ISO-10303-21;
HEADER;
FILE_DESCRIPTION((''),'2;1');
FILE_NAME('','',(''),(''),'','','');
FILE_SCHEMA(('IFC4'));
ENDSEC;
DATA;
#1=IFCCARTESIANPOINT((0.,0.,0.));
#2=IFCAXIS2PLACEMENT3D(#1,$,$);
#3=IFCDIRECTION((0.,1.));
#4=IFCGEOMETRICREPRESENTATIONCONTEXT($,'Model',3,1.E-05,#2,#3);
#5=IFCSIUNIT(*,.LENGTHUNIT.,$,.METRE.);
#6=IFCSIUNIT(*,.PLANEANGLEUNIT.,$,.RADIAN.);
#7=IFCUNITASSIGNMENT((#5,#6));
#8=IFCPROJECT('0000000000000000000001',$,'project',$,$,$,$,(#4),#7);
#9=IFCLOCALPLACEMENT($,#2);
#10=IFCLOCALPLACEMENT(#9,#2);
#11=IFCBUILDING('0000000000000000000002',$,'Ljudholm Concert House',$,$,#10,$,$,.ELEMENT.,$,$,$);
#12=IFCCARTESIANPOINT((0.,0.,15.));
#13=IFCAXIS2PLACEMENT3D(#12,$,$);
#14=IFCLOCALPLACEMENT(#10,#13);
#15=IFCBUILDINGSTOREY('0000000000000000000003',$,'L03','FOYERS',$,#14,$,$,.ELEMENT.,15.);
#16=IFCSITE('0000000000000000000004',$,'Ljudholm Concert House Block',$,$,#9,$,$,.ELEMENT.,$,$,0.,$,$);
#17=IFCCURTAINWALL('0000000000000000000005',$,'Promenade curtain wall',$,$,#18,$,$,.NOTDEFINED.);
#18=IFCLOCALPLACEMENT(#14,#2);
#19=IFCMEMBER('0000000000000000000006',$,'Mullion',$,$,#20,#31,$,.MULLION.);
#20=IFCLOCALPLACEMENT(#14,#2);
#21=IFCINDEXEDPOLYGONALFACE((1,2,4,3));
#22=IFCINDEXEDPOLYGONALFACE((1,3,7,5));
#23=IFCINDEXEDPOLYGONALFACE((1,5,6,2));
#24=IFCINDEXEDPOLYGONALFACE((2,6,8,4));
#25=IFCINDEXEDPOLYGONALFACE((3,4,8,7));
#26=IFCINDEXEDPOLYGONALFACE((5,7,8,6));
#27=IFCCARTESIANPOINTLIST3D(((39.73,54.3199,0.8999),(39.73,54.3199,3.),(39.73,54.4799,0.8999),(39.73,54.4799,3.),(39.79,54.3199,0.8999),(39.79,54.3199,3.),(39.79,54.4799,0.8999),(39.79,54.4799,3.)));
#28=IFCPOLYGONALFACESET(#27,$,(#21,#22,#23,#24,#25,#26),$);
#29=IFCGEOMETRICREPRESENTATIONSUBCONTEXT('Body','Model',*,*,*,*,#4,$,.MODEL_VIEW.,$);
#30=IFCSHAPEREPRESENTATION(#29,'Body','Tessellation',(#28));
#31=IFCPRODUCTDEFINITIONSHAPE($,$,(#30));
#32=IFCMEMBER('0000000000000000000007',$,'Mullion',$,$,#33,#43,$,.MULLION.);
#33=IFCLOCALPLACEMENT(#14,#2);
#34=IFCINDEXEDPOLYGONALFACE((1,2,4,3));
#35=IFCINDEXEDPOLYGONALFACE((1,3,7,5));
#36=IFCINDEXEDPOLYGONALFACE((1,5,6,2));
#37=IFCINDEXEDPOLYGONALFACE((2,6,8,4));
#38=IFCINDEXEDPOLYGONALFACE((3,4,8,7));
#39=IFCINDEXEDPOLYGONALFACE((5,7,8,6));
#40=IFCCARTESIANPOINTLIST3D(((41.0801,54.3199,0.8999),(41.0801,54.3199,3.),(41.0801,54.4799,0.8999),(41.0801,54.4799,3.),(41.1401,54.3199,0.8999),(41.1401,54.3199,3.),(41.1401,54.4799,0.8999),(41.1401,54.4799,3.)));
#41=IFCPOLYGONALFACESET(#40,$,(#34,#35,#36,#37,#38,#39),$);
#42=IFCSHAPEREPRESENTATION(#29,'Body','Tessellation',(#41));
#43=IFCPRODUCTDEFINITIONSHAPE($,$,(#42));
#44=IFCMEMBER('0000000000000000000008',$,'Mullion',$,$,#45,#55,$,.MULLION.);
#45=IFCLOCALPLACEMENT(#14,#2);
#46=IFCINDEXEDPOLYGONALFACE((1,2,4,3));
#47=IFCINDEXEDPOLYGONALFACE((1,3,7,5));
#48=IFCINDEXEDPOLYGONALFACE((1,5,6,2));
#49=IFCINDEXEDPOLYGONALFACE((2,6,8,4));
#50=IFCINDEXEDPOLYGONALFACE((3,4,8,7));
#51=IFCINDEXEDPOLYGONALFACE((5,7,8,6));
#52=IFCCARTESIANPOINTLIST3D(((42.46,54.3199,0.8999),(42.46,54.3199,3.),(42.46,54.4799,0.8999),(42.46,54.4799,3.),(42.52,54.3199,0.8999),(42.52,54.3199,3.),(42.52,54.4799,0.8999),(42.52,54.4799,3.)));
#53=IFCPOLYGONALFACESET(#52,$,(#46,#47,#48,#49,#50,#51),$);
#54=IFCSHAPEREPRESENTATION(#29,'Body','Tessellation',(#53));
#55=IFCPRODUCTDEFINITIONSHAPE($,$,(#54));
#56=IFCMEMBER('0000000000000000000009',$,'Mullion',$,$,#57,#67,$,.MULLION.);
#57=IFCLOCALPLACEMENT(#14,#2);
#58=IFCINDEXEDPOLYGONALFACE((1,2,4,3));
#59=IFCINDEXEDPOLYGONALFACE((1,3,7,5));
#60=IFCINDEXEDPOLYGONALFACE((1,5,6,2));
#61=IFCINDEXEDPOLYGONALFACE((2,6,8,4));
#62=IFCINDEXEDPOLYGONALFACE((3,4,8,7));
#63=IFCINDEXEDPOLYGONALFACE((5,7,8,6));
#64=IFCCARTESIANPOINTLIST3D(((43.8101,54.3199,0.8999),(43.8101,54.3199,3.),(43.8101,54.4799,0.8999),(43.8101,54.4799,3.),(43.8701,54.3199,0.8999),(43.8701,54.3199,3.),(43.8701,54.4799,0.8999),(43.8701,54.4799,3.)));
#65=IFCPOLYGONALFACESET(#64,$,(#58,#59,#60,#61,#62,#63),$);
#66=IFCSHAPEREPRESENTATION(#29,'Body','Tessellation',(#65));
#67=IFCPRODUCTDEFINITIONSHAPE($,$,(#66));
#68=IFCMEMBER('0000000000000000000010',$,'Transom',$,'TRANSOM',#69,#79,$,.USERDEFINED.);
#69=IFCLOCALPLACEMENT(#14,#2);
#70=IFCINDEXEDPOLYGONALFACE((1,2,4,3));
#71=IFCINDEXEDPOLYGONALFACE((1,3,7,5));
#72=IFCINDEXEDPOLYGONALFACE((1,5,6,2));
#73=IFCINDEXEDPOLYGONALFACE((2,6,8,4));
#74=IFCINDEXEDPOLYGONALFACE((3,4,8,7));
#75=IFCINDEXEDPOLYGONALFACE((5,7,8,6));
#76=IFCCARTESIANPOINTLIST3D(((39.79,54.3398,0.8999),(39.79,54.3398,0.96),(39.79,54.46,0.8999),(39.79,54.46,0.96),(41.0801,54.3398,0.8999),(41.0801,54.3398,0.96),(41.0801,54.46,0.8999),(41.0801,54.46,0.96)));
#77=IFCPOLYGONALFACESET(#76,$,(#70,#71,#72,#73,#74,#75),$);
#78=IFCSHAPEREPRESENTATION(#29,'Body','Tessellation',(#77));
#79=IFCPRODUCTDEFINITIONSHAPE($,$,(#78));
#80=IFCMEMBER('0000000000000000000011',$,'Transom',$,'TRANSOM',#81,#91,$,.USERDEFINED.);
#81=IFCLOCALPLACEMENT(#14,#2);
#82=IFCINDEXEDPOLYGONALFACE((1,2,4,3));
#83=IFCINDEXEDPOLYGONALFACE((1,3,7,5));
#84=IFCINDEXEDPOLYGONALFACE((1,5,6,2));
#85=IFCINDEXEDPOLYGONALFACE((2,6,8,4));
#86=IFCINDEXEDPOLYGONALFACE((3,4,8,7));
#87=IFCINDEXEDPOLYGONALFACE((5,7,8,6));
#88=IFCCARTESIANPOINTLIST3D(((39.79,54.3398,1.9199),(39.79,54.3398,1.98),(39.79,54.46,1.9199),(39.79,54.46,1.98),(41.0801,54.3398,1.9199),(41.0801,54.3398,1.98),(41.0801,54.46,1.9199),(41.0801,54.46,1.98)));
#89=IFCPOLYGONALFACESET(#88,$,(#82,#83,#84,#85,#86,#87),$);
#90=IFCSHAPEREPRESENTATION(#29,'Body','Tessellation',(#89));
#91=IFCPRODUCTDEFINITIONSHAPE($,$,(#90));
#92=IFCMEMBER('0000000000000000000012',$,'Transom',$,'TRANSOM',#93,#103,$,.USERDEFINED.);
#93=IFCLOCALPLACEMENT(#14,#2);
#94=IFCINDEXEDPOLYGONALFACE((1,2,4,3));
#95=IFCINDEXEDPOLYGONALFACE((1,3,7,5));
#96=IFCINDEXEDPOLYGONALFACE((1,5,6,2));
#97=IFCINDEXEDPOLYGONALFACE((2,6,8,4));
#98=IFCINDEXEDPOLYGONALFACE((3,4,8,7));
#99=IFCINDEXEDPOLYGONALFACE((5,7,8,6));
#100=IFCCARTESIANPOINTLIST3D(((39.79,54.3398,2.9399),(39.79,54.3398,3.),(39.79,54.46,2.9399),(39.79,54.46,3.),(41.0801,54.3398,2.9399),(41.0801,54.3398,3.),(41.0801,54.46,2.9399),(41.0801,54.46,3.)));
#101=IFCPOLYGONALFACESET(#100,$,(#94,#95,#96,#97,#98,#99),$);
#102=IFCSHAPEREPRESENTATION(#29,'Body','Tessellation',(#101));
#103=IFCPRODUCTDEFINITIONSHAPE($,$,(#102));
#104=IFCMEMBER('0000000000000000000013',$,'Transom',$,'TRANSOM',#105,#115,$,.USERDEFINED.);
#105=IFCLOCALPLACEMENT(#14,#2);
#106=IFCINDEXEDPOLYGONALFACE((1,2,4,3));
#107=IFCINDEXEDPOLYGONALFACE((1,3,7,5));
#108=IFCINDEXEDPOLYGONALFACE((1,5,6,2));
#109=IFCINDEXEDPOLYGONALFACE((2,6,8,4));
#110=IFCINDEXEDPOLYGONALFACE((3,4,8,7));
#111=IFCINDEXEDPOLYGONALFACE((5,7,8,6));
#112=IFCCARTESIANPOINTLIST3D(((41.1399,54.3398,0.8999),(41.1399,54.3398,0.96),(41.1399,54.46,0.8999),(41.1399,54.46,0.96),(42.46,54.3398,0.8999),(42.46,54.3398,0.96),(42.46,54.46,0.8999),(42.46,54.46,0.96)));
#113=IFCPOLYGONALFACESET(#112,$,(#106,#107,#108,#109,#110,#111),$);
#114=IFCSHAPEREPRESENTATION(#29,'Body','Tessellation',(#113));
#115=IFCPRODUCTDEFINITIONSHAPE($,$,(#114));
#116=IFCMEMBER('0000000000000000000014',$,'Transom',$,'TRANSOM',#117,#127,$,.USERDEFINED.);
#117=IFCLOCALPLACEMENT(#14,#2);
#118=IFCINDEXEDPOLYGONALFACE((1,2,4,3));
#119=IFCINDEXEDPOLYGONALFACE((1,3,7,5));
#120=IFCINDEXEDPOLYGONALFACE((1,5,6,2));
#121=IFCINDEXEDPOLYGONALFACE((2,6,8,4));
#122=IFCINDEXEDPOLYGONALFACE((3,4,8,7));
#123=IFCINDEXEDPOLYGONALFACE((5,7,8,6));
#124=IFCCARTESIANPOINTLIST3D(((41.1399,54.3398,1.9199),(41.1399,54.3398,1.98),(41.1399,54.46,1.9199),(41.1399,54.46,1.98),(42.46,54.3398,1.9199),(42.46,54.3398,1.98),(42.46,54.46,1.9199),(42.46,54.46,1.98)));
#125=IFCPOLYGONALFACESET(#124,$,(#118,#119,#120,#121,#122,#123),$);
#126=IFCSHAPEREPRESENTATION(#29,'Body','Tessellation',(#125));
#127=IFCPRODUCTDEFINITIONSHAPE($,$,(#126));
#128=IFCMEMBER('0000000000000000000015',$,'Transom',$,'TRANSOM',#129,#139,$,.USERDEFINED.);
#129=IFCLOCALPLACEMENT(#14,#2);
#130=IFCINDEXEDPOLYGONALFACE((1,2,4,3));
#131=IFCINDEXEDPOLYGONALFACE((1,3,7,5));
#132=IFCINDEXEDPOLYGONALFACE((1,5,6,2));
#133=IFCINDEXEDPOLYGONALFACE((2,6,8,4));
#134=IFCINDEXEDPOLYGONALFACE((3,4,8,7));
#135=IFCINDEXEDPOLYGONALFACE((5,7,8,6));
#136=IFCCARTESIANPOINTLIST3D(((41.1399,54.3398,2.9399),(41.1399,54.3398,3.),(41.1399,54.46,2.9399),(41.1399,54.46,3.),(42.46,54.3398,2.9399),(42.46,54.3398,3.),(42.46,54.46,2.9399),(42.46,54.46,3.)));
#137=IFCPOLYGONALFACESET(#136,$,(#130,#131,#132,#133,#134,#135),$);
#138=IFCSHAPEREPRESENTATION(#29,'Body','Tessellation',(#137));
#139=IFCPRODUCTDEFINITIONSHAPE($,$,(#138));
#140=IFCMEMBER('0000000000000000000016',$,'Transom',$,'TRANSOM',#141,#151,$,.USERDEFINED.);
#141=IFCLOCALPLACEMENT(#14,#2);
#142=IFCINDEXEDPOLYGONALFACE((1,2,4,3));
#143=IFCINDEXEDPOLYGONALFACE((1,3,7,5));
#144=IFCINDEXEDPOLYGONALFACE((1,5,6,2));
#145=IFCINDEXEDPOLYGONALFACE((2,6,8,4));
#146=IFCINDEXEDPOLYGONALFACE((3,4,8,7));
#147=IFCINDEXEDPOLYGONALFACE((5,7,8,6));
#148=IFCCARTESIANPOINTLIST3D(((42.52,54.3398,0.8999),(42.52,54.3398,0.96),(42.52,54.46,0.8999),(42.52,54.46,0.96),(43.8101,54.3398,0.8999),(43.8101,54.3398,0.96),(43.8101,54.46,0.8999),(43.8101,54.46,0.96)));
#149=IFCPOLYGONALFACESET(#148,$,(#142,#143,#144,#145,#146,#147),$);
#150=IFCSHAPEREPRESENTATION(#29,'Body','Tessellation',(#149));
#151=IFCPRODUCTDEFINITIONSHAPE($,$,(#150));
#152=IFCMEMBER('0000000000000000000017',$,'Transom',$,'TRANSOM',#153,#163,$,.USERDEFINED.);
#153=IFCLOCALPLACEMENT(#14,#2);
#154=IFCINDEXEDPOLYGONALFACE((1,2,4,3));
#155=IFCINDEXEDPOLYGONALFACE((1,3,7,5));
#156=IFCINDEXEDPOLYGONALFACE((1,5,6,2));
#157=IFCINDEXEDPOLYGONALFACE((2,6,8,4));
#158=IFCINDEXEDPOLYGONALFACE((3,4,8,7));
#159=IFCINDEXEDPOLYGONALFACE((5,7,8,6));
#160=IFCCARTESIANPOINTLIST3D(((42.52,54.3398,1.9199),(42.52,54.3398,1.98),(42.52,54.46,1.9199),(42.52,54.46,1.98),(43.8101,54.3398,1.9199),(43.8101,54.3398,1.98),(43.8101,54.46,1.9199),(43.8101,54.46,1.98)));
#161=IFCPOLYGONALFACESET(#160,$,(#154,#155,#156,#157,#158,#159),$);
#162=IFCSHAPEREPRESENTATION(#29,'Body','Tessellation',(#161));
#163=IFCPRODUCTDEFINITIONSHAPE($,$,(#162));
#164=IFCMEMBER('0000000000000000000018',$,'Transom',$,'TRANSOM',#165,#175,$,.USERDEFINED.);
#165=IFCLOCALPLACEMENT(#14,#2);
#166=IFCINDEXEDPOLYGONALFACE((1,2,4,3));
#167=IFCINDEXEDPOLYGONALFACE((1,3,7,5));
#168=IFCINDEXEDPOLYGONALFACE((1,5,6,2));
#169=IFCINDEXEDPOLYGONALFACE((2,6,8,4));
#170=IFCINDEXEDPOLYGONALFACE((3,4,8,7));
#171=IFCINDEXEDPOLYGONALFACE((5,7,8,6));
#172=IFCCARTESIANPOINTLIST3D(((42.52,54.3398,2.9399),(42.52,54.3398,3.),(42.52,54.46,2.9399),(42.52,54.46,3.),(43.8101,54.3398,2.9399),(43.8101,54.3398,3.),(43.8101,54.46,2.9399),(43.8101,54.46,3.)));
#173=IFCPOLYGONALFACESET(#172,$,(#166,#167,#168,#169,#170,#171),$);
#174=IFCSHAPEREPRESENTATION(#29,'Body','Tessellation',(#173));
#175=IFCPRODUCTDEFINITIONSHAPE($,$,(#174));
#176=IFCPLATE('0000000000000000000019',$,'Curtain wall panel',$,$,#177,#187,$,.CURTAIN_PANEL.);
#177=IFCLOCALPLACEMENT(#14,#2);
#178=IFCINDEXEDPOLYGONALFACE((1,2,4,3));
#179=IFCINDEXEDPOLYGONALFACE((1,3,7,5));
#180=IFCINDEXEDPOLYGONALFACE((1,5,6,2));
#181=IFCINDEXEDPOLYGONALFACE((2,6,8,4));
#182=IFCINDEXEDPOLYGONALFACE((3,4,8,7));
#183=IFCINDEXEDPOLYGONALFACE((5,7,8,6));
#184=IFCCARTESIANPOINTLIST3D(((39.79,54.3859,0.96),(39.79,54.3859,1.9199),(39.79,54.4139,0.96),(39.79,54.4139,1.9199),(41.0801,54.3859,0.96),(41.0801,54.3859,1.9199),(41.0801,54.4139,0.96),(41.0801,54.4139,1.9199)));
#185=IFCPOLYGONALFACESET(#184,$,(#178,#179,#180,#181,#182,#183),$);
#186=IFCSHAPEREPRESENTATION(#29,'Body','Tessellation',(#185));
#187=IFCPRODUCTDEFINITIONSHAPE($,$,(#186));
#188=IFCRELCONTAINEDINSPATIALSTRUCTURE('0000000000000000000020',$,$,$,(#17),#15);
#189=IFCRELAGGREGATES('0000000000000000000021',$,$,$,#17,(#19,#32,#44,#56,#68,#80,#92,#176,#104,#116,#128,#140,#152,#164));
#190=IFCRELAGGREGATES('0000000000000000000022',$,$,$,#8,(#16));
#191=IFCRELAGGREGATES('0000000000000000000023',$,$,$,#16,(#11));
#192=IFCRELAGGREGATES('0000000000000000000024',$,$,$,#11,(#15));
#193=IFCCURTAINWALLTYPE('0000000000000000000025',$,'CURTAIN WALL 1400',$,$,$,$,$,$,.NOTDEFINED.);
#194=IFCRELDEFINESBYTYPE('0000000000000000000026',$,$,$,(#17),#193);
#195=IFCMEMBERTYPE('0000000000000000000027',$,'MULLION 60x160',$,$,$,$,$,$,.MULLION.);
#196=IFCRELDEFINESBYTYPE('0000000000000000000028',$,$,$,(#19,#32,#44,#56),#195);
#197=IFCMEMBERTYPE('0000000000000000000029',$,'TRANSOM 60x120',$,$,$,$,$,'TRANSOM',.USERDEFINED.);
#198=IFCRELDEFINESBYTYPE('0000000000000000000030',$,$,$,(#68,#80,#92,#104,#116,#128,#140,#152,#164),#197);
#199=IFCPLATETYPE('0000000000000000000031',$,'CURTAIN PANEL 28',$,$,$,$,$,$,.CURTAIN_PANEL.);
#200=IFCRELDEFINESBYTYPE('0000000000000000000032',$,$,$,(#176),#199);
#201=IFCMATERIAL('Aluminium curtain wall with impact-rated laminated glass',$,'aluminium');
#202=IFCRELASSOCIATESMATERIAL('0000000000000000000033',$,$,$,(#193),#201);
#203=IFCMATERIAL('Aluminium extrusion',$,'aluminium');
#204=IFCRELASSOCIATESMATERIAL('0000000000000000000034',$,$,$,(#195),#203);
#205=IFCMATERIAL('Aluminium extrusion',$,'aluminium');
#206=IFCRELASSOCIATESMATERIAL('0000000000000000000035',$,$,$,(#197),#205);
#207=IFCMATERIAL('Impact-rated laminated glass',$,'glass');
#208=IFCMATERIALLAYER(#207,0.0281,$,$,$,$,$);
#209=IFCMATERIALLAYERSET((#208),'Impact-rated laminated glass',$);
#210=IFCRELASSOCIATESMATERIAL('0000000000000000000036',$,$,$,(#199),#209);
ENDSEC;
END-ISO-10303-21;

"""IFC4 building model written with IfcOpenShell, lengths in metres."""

from ifc_helpers import new_model, si_unit, direction, frame, origin, origin_2d, place, context, subcontext, project, spatial, rectangle, extrude, material, layer, layer_set, material_profile, profile_set, type_object, element, aggregate, save


model = new_model("IFC4")

# Units and contexts
model_context = context("Model", 3, precision=1e-05, world=origin(), true_north=direction((0.0, 1.0)))
body_context = subcontext(model_context, "Body", "Model", "MODEL_VIEW")
ifc_project = project(units=[si_unit("LENGTHUNIT", "METRE"), si_unit("PLANEANGLEUNIT", "RADIAN")], contexts=[model_context])

# Site, building, storey
site_placement = place(None, origin())
site = spatial("IfcSite", under=ifc_project, at=site_placement, Name="Ljudholm Concert House Block", CompositionType="ELEMENT", RefElevation=0.0)
building_placement = place(site_placement, origin())
building = spatial("IfcBuilding", under=site, at=building_placement, Name="Ljudholm Concert House", CompositionType="ELEMENT")
storey_placement = place(building_placement, frame((0.0, 0.0, 15.0)))
storey = spatial("IfcBuildingStorey", under=building, at=storey_placement, Name="L03", Description="FOYERS", CompositionType="ELEMENT", Elevation=15.0)

# Curtain wall, members, plate
ifc_material_1 = material(Name="Aluminium curtain wall with impact-rated laminated glass", Category="aluminium")
curtain_wall_type = type_object("IfcCurtainWallType", Name="CURTAIN WALL 1400", PredefinedType="NOTDEFINED", material=ifc_material_1)
curtain_wall_placement = place(storey_placement, origin())
curtain_wall = element("IfcCurtainWall", 1, at=curtain_wall_placement, inside=storey, type_object=curtain_wall_type, Name="Promenade curtain wall", PredefinedType="NOTDEFINED")
ifc_material_2 = material(Name="Aluminium extrusion", Category="aluminium")
ifc_material_profile_1 = material_profile(ifc_material_2, rectangle(XDim=0.1599, YDim=0.0601, at=origin_2d()), Name="MULLION 60x160")
ifc_profile_set_1 = profile_set([ifc_material_profile_1], Name="Aluminium extrusion")
member_type_1 = type_object("IfcMemberType", Name="MULLION 60x160", PredefinedType="MULLION", material=ifc_profile_set_1)
member_1_placement = place(storey_placement, frame((39.76, 54.3999, 0.8999), z_axis=(0.0, 0.0, 1.0), x_axis=(0.0, 1.0, 0.0)))
member_1 = element("IfcMember", 2, at=member_1_placement, type_object=member_type_1, Name="Mullion", PredefinedType="MULLION", context=body_context, shape_type="SweptSolid", body=[
    extrude(rectangle(XDim=0.1599, YDim=0.0601, at=origin_2d()), origin(), (0.0, 0.0, 1.0), 2.1001),
])
member_2_placement = place(storey_placement, frame((41.1101, 54.3999, 0.8999), z_axis=(0.0, 0.0, 1.0), x_axis=(0.0, 1.0, 0.0)))
member_2 = element("IfcMember", 3, at=member_2_placement, type_object=member_type_1, Name="Mullion", PredefinedType="MULLION", context=body_context, shape_type="SweptSolid", body=[
    extrude(rectangle(XDim=0.1599, YDim=0.0601, at=origin_2d()), origin(), (0.0, 0.0, 1.0), 2.1001),
])
member_3_placement = place(storey_placement, frame((42.49, 54.3999, 0.8999), z_axis=(0.0, 0.0, 1.0), x_axis=(0.0, 1.0, 0.0)))
member_3 = element("IfcMember", 4, at=member_3_placement, type_object=member_type_1, Name="Mullion", PredefinedType="MULLION", context=body_context, shape_type="SweptSolid", body=[
    extrude(rectangle(XDim=0.1599, YDim=0.0601, at=origin_2d()), origin(), (0.0, 0.0, 1.0), 2.1001),
])
member_4_placement = place(storey_placement, frame((43.8401, 54.3999, 0.8999), z_axis=(0.0, 0.0, 1.0), x_axis=(0.0, 1.0, 0.0)))
member_4 = element("IfcMember", 5, at=member_4_placement, type_object=member_type_1, Name="Mullion", PredefinedType="MULLION", context=body_context, shape_type="SweptSolid", body=[
    extrude(rectangle(XDim=0.1599, YDim=0.0601, at=origin_2d()), origin(), (0.0, 0.0, 1.0), 2.1001),
])
ifc_material_3 = material(Name="Aluminium extrusion", Category="aluminium")
ifc_material_profile_2 = material_profile(ifc_material_3, rectangle(XDim=0.1201, YDim=0.0601, at=origin_2d()), Name="TRANSOM 60x120")
ifc_profile_set_2 = profile_set([ifc_material_profile_2], Name="Aluminium extrusion")
member_type_2 = type_object("IfcMemberType", Name="TRANSOM 60x120", ElementType="TRANSOM", PredefinedType="USERDEFINED", material=ifc_profile_set_2)
member_5_placement = place(storey_placement, frame((39.79, 54.3999, 0.9299), z_axis=(1.0, 0.0, 0.0), x_axis=(0.0, 1.0, 0.0)))
member_5 = element("IfcMember", 6, at=member_5_placement, type_object=member_type_2, Name="Transom", ObjectType="TRANSOM", PredefinedType="USERDEFINED", context=body_context, shape_type="SweptSolid", body=[
    extrude(rectangle(XDim=0.1201, YDim=0.0601, at=origin_2d()), origin(), (0.0, 0.0, 1.0), 1.29),
])
member_6_placement = place(storey_placement, frame((39.79, 54.3999, 1.95), z_axis=(1.0, 0.0, 0.0), x_axis=(0.0, 1.0, 0.0)))
member_6 = element("IfcMember", 7, at=member_6_placement, type_object=member_type_2, Name="Transom", ObjectType="TRANSOM", PredefinedType="USERDEFINED", context=body_context, shape_type="SweptSolid", body=[
    extrude(rectangle(XDim=0.1201, YDim=0.0601, at=origin_2d()), origin(), (0.0, 0.0, 1.0), 1.29),
])
member_7_placement = place(storey_placement, frame((39.79, 54.3999, 2.97), z_axis=(1.0, 0.0, 0.0), x_axis=(0.0, 1.0, 0.0)))
member_7 = element("IfcMember", 8, at=member_7_placement, type_object=member_type_2, Name="Transom", ObjectType="TRANSOM", PredefinedType="USERDEFINED", context=body_context, shape_type="SweptSolid", body=[
    extrude(rectangle(XDim=0.1201, YDim=0.0601, at=origin_2d()), origin(), (0.0, 0.0, 1.0), 1.29),
])
member_8_placement = place(storey_placement, frame((41.1399, 54.3999, 0.9299), z_axis=(1.0, 0.0, 0.0), x_axis=(0.0, 1.0, 0.0)))
member_8 = element("IfcMember", 9, at=member_8_placement, type_object=member_type_2, Name="Transom", ObjectType="TRANSOM", PredefinedType="USERDEFINED", context=body_context, shape_type="SweptSolid", body=[
    extrude(rectangle(XDim=0.1201, YDim=0.0601, at=origin_2d()), origin(), (0.0, 0.0, 1.0), 1.3201),
])
member_9_placement = place(storey_placement, frame((41.1399, 54.3999, 1.95), z_axis=(1.0, 0.0, 0.0), x_axis=(0.0, 1.0, 0.0)))
member_9 = element("IfcMember", 10, at=member_9_placement, type_object=member_type_2, Name="Transom", ObjectType="TRANSOM", PredefinedType="USERDEFINED", context=body_context, shape_type="SweptSolid", body=[
    extrude(rectangle(XDim=0.1201, YDim=0.0601, at=origin_2d()), origin(), (0.0, 0.0, 1.0), 1.3201),
])
member_10_placement = place(storey_placement, frame((41.1399, 54.3999, 2.97), z_axis=(1.0, 0.0, 0.0), x_axis=(0.0, 1.0, 0.0)))
member_10 = element("IfcMember", 11, at=member_10_placement, type_object=member_type_2, Name="Transom", ObjectType="TRANSOM", PredefinedType="USERDEFINED", context=body_context, shape_type="SweptSolid", body=[
    extrude(rectangle(XDim=0.1201, YDim=0.0601, at=origin_2d()), origin(), (0.0, 0.0, 1.0), 1.3201),
])
member_11_placement = place(storey_placement, frame((42.52, 54.3999, 0.9299), z_axis=(1.0, 0.0, 0.0), x_axis=(0.0, 1.0, 0.0)))
member_11 = element("IfcMember", 12, at=member_11_placement, type_object=member_type_2, Name="Transom", ObjectType="TRANSOM", PredefinedType="USERDEFINED", context=body_context, shape_type="SweptSolid", body=[
    extrude(rectangle(XDim=0.1201, YDim=0.0601, at=origin_2d()), origin(), (0.0, 0.0, 1.0), 1.29),
])
member_12_placement = place(storey_placement, frame((42.52, 54.3999, 1.95), z_axis=(1.0, 0.0, 0.0), x_axis=(0.0, 1.0, 0.0)))
member_12 = element("IfcMember", 13, at=member_12_placement, type_object=member_type_2, Name="Transom", ObjectType="TRANSOM", PredefinedType="USERDEFINED", context=body_context, shape_type="SweptSolid", body=[
    extrude(rectangle(XDim=0.1201, YDim=0.0601, at=origin_2d()), origin(), (0.0, 0.0, 1.0), 1.29),
])
member_13_placement = place(storey_placement, frame((42.52, 54.3999, 2.97), z_axis=(1.0, 0.0, 0.0), x_axis=(0.0, 1.0, 0.0)))
member_13 = element("IfcMember", 14, at=member_13_placement, type_object=member_type_2, Name="Transom", ObjectType="TRANSOM", PredefinedType="USERDEFINED", context=body_context, shape_type="SweptSolid", body=[
    extrude(rectangle(XDim=0.1201, YDim=0.0601, at=origin_2d()), origin(), (0.0, 0.0, 1.0), 1.29),
])
ifc_material_4 = material(Name="Impact-rated laminated glass", Category="glass")
ifc_layer = layer(ifc_material_4, 0.0281)
ifc_layer_set = layer_set([ifc_layer], Name="Impact-rated laminated glass")
plate_type = type_object("IfcPlateType", Name="CURTAIN PANEL 28", PredefinedType="CURTAIN_PANEL", material=ifc_layer_set)
plate_1_placement = place(storey_placement, frame((40.4351, 54.3999, 0.96), z_axis=(0.0, 0.0, 1.0), x_axis=(1.0, 0.0, 0.0)))
plate_1 = element("IfcPlate", 15, at=plate_1_placement, type_object=plate_type, Name="Curtain wall panel", PredefinedType="CURTAIN_PANEL", context=body_context, shape_type="SweptSolid", body=[
    extrude(rectangle(XDim=1.29, YDim=0.0281, at=origin_2d()), origin(), (0.0, 0.0, 1.0), 0.96),
])
aggregate(curtain_wall, [member_1, member_2, member_3, member_4, member_5, member_6, member_7, plate_1, member_8, member_9, member_10, member_11, member_12, member_13])

save(model, "model.ifc")
